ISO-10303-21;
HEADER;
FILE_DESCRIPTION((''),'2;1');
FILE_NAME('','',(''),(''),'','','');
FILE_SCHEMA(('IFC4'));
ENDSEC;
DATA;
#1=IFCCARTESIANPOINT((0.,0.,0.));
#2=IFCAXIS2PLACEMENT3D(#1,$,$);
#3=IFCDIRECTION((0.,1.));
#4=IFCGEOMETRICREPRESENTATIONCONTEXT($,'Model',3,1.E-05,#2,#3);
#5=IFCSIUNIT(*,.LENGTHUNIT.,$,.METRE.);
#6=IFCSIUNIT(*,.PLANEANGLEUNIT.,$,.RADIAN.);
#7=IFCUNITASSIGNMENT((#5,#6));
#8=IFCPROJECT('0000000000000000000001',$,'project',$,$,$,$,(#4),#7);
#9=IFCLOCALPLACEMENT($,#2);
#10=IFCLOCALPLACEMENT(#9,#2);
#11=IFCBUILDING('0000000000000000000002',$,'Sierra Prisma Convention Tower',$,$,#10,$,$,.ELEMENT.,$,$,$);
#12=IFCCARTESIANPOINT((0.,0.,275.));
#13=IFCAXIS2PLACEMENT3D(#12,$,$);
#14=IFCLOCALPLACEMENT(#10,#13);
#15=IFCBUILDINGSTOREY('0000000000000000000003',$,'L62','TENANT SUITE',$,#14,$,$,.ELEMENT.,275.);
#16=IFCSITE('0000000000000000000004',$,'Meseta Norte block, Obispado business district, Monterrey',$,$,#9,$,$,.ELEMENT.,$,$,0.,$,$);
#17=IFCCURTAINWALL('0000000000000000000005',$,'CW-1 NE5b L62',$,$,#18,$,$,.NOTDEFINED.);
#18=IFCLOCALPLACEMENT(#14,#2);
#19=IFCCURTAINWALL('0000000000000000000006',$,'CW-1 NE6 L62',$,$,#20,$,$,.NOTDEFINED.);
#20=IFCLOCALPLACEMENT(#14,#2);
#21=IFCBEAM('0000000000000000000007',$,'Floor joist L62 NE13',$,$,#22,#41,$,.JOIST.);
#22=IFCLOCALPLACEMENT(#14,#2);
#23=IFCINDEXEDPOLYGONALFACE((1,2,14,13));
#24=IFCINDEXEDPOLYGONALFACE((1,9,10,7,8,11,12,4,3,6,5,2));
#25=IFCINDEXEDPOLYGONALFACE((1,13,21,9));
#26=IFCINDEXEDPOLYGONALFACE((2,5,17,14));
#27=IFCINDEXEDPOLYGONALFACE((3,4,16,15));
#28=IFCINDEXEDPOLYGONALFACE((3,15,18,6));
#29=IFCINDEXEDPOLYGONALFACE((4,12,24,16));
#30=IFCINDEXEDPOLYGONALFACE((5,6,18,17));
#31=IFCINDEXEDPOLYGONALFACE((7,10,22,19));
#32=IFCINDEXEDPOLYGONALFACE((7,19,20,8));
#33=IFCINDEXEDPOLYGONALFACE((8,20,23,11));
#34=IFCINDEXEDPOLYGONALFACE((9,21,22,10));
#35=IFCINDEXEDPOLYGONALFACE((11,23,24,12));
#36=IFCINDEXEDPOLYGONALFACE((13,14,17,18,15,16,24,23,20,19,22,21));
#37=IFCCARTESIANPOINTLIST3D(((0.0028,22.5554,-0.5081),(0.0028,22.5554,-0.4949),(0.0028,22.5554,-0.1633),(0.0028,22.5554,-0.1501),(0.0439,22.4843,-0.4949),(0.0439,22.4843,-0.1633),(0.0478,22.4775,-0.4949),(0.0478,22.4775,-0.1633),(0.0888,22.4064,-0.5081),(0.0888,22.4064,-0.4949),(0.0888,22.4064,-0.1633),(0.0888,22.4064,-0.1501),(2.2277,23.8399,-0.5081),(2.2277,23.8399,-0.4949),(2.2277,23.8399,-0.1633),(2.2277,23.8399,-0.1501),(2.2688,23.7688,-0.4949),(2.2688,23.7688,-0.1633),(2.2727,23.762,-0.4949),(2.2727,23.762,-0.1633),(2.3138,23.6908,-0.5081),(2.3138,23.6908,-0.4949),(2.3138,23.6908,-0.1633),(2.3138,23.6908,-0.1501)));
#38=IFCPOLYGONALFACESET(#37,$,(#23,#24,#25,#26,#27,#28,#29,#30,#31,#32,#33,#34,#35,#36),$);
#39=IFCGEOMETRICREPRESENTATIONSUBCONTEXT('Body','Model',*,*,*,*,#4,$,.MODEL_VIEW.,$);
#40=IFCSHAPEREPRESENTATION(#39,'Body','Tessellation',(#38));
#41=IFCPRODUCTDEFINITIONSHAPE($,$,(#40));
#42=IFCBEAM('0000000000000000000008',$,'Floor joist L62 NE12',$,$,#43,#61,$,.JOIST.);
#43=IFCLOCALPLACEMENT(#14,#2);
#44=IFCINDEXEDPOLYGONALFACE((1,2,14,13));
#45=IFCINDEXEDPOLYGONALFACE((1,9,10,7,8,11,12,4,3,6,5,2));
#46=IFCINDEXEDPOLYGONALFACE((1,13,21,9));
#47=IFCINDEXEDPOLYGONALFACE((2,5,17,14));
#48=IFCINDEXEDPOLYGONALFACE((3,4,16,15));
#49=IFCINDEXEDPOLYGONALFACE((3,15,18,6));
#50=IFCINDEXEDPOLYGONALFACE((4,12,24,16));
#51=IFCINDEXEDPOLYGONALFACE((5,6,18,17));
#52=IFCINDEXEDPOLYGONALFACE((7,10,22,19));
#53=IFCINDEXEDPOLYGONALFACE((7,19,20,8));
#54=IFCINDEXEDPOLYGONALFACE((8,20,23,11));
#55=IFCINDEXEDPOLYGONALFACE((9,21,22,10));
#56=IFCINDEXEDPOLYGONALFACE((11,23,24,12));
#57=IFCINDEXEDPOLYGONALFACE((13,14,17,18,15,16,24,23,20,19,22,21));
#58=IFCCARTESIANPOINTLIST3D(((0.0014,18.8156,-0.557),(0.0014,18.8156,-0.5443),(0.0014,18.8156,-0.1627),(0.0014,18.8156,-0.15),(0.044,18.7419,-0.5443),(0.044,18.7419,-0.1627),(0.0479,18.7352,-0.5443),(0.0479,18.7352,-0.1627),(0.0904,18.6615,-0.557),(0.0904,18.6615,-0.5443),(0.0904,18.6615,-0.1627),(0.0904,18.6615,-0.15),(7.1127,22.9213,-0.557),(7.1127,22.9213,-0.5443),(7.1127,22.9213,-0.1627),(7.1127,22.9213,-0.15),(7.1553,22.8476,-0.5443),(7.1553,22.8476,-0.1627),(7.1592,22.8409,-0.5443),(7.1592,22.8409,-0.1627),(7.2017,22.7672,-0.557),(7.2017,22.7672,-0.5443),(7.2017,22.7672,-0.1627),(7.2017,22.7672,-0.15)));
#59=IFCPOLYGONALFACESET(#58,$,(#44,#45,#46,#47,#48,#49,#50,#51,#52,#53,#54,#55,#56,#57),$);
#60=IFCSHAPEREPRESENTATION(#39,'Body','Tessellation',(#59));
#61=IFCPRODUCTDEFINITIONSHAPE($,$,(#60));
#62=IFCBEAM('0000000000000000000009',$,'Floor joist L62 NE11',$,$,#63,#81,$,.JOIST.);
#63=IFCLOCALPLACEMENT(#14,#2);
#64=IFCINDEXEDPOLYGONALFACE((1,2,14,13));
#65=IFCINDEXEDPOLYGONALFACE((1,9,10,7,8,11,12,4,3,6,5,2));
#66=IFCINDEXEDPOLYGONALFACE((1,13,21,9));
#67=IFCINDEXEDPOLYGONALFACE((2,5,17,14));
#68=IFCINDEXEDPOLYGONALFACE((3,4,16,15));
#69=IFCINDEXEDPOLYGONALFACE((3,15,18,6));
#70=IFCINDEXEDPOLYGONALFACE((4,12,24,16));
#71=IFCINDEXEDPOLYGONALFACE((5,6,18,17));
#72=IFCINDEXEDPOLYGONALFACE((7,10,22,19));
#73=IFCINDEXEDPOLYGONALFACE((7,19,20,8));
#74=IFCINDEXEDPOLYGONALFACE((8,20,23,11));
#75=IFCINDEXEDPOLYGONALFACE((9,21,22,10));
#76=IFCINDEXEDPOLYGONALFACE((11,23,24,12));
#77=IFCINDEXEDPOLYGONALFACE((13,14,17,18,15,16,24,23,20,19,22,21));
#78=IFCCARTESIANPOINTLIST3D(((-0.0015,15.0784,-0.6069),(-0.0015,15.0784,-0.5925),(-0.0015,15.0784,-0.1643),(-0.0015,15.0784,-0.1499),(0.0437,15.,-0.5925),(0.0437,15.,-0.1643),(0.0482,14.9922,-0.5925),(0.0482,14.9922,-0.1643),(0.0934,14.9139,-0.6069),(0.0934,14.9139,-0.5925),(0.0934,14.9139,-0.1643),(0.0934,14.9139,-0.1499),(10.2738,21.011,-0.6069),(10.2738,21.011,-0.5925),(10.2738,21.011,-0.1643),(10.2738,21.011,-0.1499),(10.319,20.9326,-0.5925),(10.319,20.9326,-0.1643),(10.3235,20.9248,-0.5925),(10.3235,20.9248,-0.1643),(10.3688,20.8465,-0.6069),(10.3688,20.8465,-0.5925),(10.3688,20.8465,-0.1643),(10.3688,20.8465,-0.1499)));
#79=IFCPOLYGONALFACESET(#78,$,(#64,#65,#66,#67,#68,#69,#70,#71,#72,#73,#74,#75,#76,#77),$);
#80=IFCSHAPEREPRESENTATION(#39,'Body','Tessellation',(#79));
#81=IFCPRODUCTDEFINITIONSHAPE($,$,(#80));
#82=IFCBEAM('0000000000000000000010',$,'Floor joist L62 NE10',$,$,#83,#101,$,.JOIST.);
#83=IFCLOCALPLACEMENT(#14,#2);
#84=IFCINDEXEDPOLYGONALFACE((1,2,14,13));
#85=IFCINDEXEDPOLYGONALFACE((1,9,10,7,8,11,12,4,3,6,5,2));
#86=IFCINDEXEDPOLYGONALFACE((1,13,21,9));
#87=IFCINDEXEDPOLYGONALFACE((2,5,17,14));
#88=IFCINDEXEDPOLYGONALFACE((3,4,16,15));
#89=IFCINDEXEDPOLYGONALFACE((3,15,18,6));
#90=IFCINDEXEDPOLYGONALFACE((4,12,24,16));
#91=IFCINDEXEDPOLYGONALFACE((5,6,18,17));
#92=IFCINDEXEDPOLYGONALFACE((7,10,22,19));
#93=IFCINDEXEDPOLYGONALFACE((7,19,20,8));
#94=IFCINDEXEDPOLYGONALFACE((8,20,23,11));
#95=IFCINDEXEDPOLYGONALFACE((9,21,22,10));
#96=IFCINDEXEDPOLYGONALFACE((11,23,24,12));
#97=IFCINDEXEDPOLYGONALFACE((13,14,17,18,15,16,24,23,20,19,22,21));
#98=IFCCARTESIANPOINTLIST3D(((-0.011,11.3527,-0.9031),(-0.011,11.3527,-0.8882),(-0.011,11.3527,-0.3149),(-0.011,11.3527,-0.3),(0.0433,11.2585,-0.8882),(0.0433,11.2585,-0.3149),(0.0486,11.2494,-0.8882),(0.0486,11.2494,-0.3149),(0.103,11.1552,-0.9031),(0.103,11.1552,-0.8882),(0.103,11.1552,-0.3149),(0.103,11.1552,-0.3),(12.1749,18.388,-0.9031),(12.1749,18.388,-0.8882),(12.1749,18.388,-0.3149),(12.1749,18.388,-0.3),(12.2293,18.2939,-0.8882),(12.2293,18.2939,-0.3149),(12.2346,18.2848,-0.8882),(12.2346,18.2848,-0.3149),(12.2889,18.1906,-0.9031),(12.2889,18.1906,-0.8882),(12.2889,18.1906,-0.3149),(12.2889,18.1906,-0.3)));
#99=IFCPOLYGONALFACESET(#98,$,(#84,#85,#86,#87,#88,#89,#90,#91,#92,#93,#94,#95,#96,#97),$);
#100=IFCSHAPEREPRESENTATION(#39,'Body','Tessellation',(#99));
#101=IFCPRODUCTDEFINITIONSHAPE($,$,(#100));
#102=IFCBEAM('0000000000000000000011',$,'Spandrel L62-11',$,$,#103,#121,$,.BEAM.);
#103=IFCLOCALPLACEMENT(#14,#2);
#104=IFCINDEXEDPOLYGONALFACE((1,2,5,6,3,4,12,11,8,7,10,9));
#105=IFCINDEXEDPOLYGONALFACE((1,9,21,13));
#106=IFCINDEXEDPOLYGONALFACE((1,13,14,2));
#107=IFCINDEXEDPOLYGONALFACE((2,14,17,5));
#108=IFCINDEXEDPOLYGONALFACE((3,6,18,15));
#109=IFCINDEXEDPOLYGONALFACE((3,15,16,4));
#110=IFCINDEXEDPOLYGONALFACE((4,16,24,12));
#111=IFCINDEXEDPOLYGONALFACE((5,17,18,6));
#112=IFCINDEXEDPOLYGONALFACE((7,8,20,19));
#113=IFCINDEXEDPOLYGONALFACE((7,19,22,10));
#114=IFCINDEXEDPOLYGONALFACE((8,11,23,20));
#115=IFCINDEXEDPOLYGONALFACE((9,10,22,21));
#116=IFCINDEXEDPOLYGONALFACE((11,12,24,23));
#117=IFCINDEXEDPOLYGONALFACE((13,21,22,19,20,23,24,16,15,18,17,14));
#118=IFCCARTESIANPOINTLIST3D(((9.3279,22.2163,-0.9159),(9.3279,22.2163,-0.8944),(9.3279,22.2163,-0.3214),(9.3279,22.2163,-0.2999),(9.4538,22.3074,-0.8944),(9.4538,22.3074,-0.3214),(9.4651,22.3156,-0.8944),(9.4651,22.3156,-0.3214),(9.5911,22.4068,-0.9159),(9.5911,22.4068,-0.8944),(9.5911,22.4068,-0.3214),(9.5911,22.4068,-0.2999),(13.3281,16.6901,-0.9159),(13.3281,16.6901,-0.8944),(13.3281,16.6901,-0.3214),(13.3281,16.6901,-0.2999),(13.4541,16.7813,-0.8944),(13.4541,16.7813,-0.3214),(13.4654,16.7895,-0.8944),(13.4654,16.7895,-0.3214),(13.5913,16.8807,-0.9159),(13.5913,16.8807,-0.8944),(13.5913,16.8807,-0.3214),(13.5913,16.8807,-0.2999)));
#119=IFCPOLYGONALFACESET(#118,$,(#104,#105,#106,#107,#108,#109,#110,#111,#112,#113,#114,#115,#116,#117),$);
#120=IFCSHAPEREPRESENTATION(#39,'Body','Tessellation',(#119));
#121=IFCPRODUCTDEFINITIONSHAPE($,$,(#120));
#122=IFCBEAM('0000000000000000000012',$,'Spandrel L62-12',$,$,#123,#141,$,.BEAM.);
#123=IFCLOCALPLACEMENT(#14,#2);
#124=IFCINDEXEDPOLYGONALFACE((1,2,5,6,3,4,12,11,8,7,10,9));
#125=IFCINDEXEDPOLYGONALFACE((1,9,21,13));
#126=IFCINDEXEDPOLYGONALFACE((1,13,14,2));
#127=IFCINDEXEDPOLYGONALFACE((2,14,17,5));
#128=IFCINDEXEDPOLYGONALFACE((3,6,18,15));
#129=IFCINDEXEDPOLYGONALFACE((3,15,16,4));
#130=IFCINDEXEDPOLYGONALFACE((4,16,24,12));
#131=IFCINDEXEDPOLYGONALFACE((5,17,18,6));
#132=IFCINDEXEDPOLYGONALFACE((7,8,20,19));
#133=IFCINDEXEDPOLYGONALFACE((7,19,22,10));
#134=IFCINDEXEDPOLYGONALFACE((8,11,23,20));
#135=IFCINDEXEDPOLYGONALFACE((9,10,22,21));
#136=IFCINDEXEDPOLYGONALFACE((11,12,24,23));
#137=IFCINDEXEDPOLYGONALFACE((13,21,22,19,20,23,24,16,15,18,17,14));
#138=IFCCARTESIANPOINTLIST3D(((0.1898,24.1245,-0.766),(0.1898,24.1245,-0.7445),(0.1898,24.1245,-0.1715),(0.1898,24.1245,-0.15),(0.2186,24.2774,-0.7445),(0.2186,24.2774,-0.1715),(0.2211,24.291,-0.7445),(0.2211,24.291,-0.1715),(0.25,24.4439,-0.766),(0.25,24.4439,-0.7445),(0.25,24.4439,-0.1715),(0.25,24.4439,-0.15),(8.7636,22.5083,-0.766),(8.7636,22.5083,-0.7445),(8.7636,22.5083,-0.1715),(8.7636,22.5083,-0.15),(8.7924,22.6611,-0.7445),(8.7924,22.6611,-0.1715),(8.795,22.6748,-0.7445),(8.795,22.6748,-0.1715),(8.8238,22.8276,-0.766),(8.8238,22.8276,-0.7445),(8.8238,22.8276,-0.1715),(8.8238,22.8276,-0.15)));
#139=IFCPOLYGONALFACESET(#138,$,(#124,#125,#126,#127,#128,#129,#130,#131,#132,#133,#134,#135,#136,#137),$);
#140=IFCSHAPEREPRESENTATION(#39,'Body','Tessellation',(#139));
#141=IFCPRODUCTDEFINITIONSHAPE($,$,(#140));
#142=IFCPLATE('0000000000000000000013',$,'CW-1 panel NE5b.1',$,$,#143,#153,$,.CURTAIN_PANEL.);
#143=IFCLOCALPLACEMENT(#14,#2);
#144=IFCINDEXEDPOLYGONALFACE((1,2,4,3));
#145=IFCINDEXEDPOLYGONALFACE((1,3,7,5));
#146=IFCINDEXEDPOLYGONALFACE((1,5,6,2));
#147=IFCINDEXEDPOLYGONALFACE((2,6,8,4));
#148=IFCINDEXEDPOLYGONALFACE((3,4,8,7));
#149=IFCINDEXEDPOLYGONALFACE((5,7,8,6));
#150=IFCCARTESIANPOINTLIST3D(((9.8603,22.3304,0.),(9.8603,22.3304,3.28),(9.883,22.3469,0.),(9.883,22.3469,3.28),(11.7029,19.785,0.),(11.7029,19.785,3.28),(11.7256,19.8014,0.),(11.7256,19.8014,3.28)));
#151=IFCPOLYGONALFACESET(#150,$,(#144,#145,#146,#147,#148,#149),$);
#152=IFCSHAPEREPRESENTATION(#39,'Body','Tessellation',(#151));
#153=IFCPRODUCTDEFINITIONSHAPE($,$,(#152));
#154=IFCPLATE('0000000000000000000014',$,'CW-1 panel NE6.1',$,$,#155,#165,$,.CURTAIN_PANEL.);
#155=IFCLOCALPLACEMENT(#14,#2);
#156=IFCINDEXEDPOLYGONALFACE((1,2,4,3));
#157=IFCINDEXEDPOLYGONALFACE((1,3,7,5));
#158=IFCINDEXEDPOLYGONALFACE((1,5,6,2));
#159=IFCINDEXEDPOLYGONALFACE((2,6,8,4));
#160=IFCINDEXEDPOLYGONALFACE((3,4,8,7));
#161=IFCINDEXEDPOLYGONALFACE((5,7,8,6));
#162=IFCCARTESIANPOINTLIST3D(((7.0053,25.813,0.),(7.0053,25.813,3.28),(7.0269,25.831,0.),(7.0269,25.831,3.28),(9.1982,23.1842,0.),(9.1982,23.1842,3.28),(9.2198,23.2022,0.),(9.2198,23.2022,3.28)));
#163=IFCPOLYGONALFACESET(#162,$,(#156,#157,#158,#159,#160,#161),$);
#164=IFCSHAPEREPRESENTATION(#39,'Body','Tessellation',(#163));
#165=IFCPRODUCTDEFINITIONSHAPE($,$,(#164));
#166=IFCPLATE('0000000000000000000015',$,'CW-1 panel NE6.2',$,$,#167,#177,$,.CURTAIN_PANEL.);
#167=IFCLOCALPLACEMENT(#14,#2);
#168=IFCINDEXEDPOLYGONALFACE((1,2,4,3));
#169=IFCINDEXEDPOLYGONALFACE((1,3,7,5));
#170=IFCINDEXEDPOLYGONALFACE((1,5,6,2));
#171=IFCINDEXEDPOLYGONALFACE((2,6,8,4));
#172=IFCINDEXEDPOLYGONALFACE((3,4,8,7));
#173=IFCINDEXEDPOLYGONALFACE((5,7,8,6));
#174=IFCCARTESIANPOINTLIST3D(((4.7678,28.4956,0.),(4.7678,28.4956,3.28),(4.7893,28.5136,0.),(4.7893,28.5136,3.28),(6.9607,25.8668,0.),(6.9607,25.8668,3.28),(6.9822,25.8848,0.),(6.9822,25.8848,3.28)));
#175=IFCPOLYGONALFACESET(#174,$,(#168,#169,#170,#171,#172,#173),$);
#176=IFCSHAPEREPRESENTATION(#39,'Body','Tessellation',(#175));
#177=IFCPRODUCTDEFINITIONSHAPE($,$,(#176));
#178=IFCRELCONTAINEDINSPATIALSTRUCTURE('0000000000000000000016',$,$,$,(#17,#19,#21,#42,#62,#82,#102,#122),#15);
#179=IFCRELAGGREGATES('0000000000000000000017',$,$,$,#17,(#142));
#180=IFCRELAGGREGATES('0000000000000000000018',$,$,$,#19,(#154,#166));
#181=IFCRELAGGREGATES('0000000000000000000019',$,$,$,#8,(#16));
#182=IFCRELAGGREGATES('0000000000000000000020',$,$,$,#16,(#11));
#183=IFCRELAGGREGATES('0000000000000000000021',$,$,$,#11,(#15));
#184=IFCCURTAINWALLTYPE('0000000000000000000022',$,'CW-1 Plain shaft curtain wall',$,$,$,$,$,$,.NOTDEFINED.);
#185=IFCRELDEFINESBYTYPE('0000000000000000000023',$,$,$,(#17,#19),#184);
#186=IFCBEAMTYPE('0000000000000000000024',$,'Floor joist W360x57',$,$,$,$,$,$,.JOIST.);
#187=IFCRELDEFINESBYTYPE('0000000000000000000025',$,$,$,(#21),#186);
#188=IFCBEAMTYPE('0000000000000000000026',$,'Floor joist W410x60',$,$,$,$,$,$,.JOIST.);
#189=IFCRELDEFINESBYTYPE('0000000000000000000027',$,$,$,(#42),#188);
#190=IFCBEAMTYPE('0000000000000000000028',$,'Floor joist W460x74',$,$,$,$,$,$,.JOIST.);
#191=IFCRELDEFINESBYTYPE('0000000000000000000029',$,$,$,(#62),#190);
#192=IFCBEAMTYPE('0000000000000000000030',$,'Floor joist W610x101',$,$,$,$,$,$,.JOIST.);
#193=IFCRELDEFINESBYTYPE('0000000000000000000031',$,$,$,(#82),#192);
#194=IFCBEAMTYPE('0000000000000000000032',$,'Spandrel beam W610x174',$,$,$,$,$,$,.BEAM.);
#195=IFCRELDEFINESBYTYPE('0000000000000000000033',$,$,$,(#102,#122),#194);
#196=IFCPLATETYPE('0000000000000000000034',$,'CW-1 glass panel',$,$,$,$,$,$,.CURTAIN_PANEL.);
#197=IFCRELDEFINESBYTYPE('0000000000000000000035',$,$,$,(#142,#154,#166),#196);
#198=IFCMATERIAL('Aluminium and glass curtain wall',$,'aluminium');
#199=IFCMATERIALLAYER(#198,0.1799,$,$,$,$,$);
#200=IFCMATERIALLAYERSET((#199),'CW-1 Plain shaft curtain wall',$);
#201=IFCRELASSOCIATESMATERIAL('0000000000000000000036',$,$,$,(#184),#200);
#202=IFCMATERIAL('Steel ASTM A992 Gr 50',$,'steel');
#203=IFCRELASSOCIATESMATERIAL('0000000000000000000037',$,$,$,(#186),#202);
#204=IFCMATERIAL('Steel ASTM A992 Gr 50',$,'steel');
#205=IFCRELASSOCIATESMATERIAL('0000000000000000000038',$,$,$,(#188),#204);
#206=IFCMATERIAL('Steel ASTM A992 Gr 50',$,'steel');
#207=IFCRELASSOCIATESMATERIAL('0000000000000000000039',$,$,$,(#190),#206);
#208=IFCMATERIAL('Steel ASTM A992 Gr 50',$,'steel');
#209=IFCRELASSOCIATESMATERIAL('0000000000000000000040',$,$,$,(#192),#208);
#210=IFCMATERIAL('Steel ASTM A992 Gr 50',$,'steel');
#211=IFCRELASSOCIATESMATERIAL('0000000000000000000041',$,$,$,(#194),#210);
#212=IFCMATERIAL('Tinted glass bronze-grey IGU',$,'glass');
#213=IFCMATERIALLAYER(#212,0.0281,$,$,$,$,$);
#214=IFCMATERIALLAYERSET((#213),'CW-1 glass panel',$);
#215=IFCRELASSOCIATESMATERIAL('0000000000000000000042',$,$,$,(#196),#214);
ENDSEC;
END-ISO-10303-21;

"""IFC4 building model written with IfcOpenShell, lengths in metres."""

from ifc_helpers import new_model, si_unit, direction, frame, origin, origin_2d, place, context, subcontext, project, spatial, rectangle, i_section, extrude, material, layer, layer_set, material_profile, profile_set, type_object, element, aggregate, save


model = new_model("IFC4")

# Units and contexts
model_context = context("Model", 3, precision=1e-05, world=origin(), true_north=direction((0.0, 1.0)))
body_context = subcontext(model_context, "Body", "Model", "MODEL_VIEW")
ifc_project = project(units=[si_unit("LENGTHUNIT", "METRE"), si_unit("PLANEANGLEUNIT", "RADIAN")], contexts=[model_context])

# Site, building, storey
site_placement = place(None, origin())
site = spatial("IfcSite", under=ifc_project, at=site_placement, Name="Meseta Norte block, Obispado business district, Monterrey", CompositionType="ELEMENT", RefElevation=0.0)
building_placement = place(site_placement, origin())
building = spatial("IfcBuilding", under=site, at=building_placement, Name="Sierra Prisma Convention Tower", CompositionType="ELEMENT")
storey_placement = place(building_placement, frame((0.0, 0.0, 275.0)))
storey = spatial("IfcBuildingStorey", under=building, at=storey_placement, Name="L62", Description="TENANT SUITE", CompositionType="ELEMENT", Elevation=275.0)

# Curtain wall
ifc_material_1 = material(Name="Aluminium and glass curtain wall", Category="aluminium")
ifc_layer_1 = layer(ifc_material_1, 0.1799)
ifc_layer_set_1 = layer_set([ifc_layer_1], Name="CW-1 Plain shaft curtain wall")
curtain_wall_type_1 = type_object("IfcCurtainWallType", Name="CW-1 Plain shaft curtain wall", PredefinedType="NOTDEFINED", material=ifc_layer_set_1)
curtain_wall_1_placement = place(storey_placement, origin())
curtain_wall_1 = element("IfcCurtainWall", 1, at=curtain_wall_1_placement, inside=storey, type_object=curtain_wall_type_1, Name="CW-1 NE5b L62", PredefinedType="NOTDEFINED")

# Curtain wall
curtain_wall_2_placement = place(storey_placement, origin())
curtain_wall_2 = element("IfcCurtainWall", 2, at=curtain_wall_2_placement, inside=storey, type_object=curtain_wall_type_1, Name="CW-1 NE6 L62", PredefinedType="NOTDEFINED")

# Beams
ifc_material_2 = material(Name="Steel ASTM A992 Gr 50", Category="steel")
ifc_material_profile_1 = material_profile(ifc_material_2, i_section(OverallWidth=0.1721, OverallDepth=0.3579, WebThickness=0.0078, FlangeThickness=0.0132, at=origin_2d()), Name="W360x57")
ifc_profile_set_1 = profile_set([ifc_material_profile_1], Name="Steel ASTM A992 Gr 50")
beam_type_1 = type_object("IfcBeamType", Name="Floor joist W360x57", PredefinedType="JOIST", material=ifc_profile_set_1)
beam_1_placement = place(storey_placement, frame((2.2708, 23.7654, -0.3291), z_axis=(-0.866042, -0.499972, 0.0), x_axis=(0.499972, -0.866042, 0.0)))
element("IfcBeam", 3, at=beam_1_placement, inside=storey, type_object=beam_type_1, Name="Floor joist L62 NE13", PredefinedType="JOIST", context=body_context, shape_type="SweptSolid", body=[
    extrude(i_section(OverallWidth=0.1721, OverallDepth=0.3579, WebThickness=0.0078, FlangeThickness=0.0132, at=origin_2d()), origin(), (0.0, 0.0, 1.0), 2.5691),
])
ifc_material_3 = material(Name="Steel ASTM A992 Gr 50", Category="steel")
ifc_material_profile_2 = material_profile(ifc_material_3, i_section(OverallWidth=0.178, OverallDepth=0.407, WebThickness=0.0078, FlangeThickness=0.0127, at=origin_2d()), Name="W410x60")
ifc_profile_set_2 = profile_set([ifc_material_profile_2], Name="Steel ASTM A992 Gr 50")
beam_type_2 = type_object("IfcBeamType", Name="Floor joist W410x60", PredefinedType="JOIST", material=ifc_profile_set_2)
beam_2_placement = place(storey_placement, frame((7.1572, 22.8442, -0.3535), z_axis=(-0.866026, -0.499999, 0.0), x_axis=(0.499999, -0.866026, 0.0)))
element("IfcBeam", 4, at=beam_2_placement, inside=storey, type_object=beam_type_2, Name="Floor joist L62 NE12", PredefinedType="JOIST", context=body_context, shape_type="SweptSolid", body=[
    extrude(i_section(OverallWidth=0.178, OverallDepth=0.407, WebThickness=0.0078, FlangeThickness=0.0127, at=origin_2d()), origin(), (0.0, 0.0, 1.0), 8.2114),
])
ifc_material_4 = material(Name="Steel ASTM A992 Gr 50", Category="steel")
ifc_material_profile_3 = material_profile(ifc_material_4, i_section(OverallWidth=0.1899, OverallDepth=0.457, WebThickness=0.009, FlangeThickness=0.0144, at=origin_2d()), Name="W460x74")
ifc_profile_set_3 = profile_set([ifc_material_profile_3], Name="Steel ASTM A992 Gr 50")
beam_type_3 = type_object("IfcBeamType", Name="Floor joist W460x74", PredefinedType="JOIST", material=ifc_profile_set_3)
beam_3_placement = place(storey_placement, frame((10.3213, 20.9287, -0.3784), z_axis=(-0.866021, -0.500007, 0.0), x_axis=(0.500007, -0.866021, 0.0)))
element("IfcBeam", 5, at=beam_3_placement, inside=storey, type_object=beam_type_3, Name="Floor joist L62 NE11", PredefinedType="JOIST", context=body_context, shape_type="SweptSolid", body=[
    extrude(i_section(OverallWidth=0.1899, OverallDepth=0.457, WebThickness=0.009, FlangeThickness=0.0144, at=origin_2d()), origin(), (0.0, 0.0, 1.0), 11.865),
])
ifc_material_5 = material(Name="Steel ASTM A992 Gr 50", Category="steel")
ifc_material_profile_4 = material_profile(ifc_material_5, i_section(OverallWidth=0.228, OverallDepth=0.603, WebThickness=0.0105, FlangeThickness=0.0149, at=origin_2d()), Name="W610x101")
ifc_profile_set_4 = profile_set([ifc_material_profile_4], Name="Steel ASTM A992 Gr 50")
beam_type_4 = type_object("IfcBeamType", Name="Floor joist W610x101", PredefinedType="JOIST", material=ifc_profile_set_4)
beam_4_placement = place(storey_placement, frame((12.2319, 18.2893, -0.6016), z_axis=(-0.866032, -0.499989, 0.0), x_axis=(0.499989, -0.866032, 0.0)))
element("IfcBeam", 6, at=beam_4_placement, inside=storey, type_object=beam_type_4, Name="Floor joist L62 NE10", PredefinedType="JOIST", context=body_context, shape_type="SweptSolid", body=[
    extrude(i_section(OverallWidth=0.228, OverallDepth=0.603, WebThickness=0.0105, FlangeThickness=0.0149, at=origin_2d()), origin(), (0.0, 0.0, 1.0), 14.071),
])
ifc_material_6 = material(Name="Steel ASTM A992 Gr 50", Category="steel")
ifc_material_profile_5 = material_profile(ifc_material_6, i_section(OverallWidth=0.325, OverallDepth=0.616, WebThickness=0.0139, FlangeThickness=0.0215, at=origin_2d()), Name="W610x174")
ifc_profile_set_5 = profile_set([ifc_material_profile_5], Name="Steel ASTM A992 Gr 50")
beam_type_5 = type_object("IfcBeamType", Name="Spandrel beam W610x174", PredefinedType="BEAM", material=ifc_profile_set_5)
beam_5_placement = place(storey_placement, frame((13.4597, 16.7854, -0.6079), z_axis=(-0.586372, 0.810042, 0.0), x_axis=(-0.810042, -0.586372, 0.0)))
element("IfcBeam", 7, at=beam_5_placement, inside=storey, type_object=beam_type_5, Name="Spandrel L62-11", PredefinedType="BEAM", context=body_context, shape_type="SweptSolid", body=[
    extrude(i_section(OverallWidth=0.325, OverallDepth=0.616, WebThickness=0.0139, FlangeThickness=0.0215, at=origin_2d()), origin(), (0.0, 0.0, 1.0), 6.822),
])
beam_6_placement = place(storey_placement, frame((8.7937, 22.668, -0.458), z_axis=(-0.982692, 0.185245, 0.0), x_axis=(-0.185245, -0.982692, 0.0)))
element("IfcBeam", 8, at=beam_6_placement, inside=storey, type_object=beam_type_5, Name="Spandrel L62-12", PredefinedType="BEAM", context=body_context, shape_type="SweptSolid", body=[
    extrude(i_section(OverallWidth=0.325, OverallDepth=0.616, WebThickness=0.0139, FlangeThickness=0.0215, at=origin_2d()), origin(), (0.0, 0.0, 1.0), 8.7249),
])

# Plates
ifc_material_7 = material(Name="Tinted glass bronze-grey IGU", Category="glass")
ifc_layer_2 = layer(ifc_material_7, 0.0281)
ifc_layer_set_2 = layer_set([ifc_layer_2], Name="CW-1 glass panel")
plate_type_1 = type_object("IfcPlateType", Name="CW-1 glass panel", PredefinedType="CURTAIN_PANEL", material=ifc_layer_set_2)
plate_1_placement = place(storey_placement, frame((10.793, 21.0659, 0.0), z_axis=(0.0, 0.0, 1.0), x_axis=(-0.586377, 0.810038, 0.0)))
plate_1 = element("IfcPlate", 9, at=plate_1_placement, type_object=plate_type_1, Name="CW-1 panel NE5b.1", PredefinedType="CURTAIN_PANEL", context=body_context, shape_type="SweptSolid", body=[
    extrude(rectangle(XDim=3.1423, YDim=0.0281, at=origin_2d()), origin(), (0.0, 0.0, 1.0), 3.28),
])
aggregate(curtain_wall_1, [plate_1])
plate_2_placement = place(storey_placement, frame((8.1125, 24.5076, 0.0), z_axis=(0.0, 0.0, 1.0), x_axis=(-0.640564, 0.767904, 0.0)))
plate_2 = element("IfcPlate", 10, at=plate_2_placement, type_object=plate_type_1, Name="CW-1 panel NE6.1", PredefinedType="CURTAIN_PANEL", context=body_context, shape_type="SweptSolid", body=[
    extrude(rectangle(XDim=3.4233, YDim=0.0281, at=origin_2d()), origin(), (0.0, 0.0, 1.0), 3.28),
])
plate_3_placement = place(storey_placement, frame((5.875, 27.1902, 0.0), z_axis=(0.0, 0.0, 1.0), x_axis=(-0.640564, 0.767904, 0.0)))
plate_3 = element("IfcPlate", 11, at=plate_3_placement, type_object=plate_type_1, Name="CW-1 panel NE6.2", PredefinedType="CURTAIN_PANEL", context=body_context, shape_type="SweptSolid", body=[
    extrude(rectangle(XDim=3.4233, YDim=0.0281, at=origin_2d()), origin(), (0.0, 0.0, 1.0), 3.28),
])
aggregate(curtain_wall_2, [plate_2, plate_3])

save(model, "model.ifc")
